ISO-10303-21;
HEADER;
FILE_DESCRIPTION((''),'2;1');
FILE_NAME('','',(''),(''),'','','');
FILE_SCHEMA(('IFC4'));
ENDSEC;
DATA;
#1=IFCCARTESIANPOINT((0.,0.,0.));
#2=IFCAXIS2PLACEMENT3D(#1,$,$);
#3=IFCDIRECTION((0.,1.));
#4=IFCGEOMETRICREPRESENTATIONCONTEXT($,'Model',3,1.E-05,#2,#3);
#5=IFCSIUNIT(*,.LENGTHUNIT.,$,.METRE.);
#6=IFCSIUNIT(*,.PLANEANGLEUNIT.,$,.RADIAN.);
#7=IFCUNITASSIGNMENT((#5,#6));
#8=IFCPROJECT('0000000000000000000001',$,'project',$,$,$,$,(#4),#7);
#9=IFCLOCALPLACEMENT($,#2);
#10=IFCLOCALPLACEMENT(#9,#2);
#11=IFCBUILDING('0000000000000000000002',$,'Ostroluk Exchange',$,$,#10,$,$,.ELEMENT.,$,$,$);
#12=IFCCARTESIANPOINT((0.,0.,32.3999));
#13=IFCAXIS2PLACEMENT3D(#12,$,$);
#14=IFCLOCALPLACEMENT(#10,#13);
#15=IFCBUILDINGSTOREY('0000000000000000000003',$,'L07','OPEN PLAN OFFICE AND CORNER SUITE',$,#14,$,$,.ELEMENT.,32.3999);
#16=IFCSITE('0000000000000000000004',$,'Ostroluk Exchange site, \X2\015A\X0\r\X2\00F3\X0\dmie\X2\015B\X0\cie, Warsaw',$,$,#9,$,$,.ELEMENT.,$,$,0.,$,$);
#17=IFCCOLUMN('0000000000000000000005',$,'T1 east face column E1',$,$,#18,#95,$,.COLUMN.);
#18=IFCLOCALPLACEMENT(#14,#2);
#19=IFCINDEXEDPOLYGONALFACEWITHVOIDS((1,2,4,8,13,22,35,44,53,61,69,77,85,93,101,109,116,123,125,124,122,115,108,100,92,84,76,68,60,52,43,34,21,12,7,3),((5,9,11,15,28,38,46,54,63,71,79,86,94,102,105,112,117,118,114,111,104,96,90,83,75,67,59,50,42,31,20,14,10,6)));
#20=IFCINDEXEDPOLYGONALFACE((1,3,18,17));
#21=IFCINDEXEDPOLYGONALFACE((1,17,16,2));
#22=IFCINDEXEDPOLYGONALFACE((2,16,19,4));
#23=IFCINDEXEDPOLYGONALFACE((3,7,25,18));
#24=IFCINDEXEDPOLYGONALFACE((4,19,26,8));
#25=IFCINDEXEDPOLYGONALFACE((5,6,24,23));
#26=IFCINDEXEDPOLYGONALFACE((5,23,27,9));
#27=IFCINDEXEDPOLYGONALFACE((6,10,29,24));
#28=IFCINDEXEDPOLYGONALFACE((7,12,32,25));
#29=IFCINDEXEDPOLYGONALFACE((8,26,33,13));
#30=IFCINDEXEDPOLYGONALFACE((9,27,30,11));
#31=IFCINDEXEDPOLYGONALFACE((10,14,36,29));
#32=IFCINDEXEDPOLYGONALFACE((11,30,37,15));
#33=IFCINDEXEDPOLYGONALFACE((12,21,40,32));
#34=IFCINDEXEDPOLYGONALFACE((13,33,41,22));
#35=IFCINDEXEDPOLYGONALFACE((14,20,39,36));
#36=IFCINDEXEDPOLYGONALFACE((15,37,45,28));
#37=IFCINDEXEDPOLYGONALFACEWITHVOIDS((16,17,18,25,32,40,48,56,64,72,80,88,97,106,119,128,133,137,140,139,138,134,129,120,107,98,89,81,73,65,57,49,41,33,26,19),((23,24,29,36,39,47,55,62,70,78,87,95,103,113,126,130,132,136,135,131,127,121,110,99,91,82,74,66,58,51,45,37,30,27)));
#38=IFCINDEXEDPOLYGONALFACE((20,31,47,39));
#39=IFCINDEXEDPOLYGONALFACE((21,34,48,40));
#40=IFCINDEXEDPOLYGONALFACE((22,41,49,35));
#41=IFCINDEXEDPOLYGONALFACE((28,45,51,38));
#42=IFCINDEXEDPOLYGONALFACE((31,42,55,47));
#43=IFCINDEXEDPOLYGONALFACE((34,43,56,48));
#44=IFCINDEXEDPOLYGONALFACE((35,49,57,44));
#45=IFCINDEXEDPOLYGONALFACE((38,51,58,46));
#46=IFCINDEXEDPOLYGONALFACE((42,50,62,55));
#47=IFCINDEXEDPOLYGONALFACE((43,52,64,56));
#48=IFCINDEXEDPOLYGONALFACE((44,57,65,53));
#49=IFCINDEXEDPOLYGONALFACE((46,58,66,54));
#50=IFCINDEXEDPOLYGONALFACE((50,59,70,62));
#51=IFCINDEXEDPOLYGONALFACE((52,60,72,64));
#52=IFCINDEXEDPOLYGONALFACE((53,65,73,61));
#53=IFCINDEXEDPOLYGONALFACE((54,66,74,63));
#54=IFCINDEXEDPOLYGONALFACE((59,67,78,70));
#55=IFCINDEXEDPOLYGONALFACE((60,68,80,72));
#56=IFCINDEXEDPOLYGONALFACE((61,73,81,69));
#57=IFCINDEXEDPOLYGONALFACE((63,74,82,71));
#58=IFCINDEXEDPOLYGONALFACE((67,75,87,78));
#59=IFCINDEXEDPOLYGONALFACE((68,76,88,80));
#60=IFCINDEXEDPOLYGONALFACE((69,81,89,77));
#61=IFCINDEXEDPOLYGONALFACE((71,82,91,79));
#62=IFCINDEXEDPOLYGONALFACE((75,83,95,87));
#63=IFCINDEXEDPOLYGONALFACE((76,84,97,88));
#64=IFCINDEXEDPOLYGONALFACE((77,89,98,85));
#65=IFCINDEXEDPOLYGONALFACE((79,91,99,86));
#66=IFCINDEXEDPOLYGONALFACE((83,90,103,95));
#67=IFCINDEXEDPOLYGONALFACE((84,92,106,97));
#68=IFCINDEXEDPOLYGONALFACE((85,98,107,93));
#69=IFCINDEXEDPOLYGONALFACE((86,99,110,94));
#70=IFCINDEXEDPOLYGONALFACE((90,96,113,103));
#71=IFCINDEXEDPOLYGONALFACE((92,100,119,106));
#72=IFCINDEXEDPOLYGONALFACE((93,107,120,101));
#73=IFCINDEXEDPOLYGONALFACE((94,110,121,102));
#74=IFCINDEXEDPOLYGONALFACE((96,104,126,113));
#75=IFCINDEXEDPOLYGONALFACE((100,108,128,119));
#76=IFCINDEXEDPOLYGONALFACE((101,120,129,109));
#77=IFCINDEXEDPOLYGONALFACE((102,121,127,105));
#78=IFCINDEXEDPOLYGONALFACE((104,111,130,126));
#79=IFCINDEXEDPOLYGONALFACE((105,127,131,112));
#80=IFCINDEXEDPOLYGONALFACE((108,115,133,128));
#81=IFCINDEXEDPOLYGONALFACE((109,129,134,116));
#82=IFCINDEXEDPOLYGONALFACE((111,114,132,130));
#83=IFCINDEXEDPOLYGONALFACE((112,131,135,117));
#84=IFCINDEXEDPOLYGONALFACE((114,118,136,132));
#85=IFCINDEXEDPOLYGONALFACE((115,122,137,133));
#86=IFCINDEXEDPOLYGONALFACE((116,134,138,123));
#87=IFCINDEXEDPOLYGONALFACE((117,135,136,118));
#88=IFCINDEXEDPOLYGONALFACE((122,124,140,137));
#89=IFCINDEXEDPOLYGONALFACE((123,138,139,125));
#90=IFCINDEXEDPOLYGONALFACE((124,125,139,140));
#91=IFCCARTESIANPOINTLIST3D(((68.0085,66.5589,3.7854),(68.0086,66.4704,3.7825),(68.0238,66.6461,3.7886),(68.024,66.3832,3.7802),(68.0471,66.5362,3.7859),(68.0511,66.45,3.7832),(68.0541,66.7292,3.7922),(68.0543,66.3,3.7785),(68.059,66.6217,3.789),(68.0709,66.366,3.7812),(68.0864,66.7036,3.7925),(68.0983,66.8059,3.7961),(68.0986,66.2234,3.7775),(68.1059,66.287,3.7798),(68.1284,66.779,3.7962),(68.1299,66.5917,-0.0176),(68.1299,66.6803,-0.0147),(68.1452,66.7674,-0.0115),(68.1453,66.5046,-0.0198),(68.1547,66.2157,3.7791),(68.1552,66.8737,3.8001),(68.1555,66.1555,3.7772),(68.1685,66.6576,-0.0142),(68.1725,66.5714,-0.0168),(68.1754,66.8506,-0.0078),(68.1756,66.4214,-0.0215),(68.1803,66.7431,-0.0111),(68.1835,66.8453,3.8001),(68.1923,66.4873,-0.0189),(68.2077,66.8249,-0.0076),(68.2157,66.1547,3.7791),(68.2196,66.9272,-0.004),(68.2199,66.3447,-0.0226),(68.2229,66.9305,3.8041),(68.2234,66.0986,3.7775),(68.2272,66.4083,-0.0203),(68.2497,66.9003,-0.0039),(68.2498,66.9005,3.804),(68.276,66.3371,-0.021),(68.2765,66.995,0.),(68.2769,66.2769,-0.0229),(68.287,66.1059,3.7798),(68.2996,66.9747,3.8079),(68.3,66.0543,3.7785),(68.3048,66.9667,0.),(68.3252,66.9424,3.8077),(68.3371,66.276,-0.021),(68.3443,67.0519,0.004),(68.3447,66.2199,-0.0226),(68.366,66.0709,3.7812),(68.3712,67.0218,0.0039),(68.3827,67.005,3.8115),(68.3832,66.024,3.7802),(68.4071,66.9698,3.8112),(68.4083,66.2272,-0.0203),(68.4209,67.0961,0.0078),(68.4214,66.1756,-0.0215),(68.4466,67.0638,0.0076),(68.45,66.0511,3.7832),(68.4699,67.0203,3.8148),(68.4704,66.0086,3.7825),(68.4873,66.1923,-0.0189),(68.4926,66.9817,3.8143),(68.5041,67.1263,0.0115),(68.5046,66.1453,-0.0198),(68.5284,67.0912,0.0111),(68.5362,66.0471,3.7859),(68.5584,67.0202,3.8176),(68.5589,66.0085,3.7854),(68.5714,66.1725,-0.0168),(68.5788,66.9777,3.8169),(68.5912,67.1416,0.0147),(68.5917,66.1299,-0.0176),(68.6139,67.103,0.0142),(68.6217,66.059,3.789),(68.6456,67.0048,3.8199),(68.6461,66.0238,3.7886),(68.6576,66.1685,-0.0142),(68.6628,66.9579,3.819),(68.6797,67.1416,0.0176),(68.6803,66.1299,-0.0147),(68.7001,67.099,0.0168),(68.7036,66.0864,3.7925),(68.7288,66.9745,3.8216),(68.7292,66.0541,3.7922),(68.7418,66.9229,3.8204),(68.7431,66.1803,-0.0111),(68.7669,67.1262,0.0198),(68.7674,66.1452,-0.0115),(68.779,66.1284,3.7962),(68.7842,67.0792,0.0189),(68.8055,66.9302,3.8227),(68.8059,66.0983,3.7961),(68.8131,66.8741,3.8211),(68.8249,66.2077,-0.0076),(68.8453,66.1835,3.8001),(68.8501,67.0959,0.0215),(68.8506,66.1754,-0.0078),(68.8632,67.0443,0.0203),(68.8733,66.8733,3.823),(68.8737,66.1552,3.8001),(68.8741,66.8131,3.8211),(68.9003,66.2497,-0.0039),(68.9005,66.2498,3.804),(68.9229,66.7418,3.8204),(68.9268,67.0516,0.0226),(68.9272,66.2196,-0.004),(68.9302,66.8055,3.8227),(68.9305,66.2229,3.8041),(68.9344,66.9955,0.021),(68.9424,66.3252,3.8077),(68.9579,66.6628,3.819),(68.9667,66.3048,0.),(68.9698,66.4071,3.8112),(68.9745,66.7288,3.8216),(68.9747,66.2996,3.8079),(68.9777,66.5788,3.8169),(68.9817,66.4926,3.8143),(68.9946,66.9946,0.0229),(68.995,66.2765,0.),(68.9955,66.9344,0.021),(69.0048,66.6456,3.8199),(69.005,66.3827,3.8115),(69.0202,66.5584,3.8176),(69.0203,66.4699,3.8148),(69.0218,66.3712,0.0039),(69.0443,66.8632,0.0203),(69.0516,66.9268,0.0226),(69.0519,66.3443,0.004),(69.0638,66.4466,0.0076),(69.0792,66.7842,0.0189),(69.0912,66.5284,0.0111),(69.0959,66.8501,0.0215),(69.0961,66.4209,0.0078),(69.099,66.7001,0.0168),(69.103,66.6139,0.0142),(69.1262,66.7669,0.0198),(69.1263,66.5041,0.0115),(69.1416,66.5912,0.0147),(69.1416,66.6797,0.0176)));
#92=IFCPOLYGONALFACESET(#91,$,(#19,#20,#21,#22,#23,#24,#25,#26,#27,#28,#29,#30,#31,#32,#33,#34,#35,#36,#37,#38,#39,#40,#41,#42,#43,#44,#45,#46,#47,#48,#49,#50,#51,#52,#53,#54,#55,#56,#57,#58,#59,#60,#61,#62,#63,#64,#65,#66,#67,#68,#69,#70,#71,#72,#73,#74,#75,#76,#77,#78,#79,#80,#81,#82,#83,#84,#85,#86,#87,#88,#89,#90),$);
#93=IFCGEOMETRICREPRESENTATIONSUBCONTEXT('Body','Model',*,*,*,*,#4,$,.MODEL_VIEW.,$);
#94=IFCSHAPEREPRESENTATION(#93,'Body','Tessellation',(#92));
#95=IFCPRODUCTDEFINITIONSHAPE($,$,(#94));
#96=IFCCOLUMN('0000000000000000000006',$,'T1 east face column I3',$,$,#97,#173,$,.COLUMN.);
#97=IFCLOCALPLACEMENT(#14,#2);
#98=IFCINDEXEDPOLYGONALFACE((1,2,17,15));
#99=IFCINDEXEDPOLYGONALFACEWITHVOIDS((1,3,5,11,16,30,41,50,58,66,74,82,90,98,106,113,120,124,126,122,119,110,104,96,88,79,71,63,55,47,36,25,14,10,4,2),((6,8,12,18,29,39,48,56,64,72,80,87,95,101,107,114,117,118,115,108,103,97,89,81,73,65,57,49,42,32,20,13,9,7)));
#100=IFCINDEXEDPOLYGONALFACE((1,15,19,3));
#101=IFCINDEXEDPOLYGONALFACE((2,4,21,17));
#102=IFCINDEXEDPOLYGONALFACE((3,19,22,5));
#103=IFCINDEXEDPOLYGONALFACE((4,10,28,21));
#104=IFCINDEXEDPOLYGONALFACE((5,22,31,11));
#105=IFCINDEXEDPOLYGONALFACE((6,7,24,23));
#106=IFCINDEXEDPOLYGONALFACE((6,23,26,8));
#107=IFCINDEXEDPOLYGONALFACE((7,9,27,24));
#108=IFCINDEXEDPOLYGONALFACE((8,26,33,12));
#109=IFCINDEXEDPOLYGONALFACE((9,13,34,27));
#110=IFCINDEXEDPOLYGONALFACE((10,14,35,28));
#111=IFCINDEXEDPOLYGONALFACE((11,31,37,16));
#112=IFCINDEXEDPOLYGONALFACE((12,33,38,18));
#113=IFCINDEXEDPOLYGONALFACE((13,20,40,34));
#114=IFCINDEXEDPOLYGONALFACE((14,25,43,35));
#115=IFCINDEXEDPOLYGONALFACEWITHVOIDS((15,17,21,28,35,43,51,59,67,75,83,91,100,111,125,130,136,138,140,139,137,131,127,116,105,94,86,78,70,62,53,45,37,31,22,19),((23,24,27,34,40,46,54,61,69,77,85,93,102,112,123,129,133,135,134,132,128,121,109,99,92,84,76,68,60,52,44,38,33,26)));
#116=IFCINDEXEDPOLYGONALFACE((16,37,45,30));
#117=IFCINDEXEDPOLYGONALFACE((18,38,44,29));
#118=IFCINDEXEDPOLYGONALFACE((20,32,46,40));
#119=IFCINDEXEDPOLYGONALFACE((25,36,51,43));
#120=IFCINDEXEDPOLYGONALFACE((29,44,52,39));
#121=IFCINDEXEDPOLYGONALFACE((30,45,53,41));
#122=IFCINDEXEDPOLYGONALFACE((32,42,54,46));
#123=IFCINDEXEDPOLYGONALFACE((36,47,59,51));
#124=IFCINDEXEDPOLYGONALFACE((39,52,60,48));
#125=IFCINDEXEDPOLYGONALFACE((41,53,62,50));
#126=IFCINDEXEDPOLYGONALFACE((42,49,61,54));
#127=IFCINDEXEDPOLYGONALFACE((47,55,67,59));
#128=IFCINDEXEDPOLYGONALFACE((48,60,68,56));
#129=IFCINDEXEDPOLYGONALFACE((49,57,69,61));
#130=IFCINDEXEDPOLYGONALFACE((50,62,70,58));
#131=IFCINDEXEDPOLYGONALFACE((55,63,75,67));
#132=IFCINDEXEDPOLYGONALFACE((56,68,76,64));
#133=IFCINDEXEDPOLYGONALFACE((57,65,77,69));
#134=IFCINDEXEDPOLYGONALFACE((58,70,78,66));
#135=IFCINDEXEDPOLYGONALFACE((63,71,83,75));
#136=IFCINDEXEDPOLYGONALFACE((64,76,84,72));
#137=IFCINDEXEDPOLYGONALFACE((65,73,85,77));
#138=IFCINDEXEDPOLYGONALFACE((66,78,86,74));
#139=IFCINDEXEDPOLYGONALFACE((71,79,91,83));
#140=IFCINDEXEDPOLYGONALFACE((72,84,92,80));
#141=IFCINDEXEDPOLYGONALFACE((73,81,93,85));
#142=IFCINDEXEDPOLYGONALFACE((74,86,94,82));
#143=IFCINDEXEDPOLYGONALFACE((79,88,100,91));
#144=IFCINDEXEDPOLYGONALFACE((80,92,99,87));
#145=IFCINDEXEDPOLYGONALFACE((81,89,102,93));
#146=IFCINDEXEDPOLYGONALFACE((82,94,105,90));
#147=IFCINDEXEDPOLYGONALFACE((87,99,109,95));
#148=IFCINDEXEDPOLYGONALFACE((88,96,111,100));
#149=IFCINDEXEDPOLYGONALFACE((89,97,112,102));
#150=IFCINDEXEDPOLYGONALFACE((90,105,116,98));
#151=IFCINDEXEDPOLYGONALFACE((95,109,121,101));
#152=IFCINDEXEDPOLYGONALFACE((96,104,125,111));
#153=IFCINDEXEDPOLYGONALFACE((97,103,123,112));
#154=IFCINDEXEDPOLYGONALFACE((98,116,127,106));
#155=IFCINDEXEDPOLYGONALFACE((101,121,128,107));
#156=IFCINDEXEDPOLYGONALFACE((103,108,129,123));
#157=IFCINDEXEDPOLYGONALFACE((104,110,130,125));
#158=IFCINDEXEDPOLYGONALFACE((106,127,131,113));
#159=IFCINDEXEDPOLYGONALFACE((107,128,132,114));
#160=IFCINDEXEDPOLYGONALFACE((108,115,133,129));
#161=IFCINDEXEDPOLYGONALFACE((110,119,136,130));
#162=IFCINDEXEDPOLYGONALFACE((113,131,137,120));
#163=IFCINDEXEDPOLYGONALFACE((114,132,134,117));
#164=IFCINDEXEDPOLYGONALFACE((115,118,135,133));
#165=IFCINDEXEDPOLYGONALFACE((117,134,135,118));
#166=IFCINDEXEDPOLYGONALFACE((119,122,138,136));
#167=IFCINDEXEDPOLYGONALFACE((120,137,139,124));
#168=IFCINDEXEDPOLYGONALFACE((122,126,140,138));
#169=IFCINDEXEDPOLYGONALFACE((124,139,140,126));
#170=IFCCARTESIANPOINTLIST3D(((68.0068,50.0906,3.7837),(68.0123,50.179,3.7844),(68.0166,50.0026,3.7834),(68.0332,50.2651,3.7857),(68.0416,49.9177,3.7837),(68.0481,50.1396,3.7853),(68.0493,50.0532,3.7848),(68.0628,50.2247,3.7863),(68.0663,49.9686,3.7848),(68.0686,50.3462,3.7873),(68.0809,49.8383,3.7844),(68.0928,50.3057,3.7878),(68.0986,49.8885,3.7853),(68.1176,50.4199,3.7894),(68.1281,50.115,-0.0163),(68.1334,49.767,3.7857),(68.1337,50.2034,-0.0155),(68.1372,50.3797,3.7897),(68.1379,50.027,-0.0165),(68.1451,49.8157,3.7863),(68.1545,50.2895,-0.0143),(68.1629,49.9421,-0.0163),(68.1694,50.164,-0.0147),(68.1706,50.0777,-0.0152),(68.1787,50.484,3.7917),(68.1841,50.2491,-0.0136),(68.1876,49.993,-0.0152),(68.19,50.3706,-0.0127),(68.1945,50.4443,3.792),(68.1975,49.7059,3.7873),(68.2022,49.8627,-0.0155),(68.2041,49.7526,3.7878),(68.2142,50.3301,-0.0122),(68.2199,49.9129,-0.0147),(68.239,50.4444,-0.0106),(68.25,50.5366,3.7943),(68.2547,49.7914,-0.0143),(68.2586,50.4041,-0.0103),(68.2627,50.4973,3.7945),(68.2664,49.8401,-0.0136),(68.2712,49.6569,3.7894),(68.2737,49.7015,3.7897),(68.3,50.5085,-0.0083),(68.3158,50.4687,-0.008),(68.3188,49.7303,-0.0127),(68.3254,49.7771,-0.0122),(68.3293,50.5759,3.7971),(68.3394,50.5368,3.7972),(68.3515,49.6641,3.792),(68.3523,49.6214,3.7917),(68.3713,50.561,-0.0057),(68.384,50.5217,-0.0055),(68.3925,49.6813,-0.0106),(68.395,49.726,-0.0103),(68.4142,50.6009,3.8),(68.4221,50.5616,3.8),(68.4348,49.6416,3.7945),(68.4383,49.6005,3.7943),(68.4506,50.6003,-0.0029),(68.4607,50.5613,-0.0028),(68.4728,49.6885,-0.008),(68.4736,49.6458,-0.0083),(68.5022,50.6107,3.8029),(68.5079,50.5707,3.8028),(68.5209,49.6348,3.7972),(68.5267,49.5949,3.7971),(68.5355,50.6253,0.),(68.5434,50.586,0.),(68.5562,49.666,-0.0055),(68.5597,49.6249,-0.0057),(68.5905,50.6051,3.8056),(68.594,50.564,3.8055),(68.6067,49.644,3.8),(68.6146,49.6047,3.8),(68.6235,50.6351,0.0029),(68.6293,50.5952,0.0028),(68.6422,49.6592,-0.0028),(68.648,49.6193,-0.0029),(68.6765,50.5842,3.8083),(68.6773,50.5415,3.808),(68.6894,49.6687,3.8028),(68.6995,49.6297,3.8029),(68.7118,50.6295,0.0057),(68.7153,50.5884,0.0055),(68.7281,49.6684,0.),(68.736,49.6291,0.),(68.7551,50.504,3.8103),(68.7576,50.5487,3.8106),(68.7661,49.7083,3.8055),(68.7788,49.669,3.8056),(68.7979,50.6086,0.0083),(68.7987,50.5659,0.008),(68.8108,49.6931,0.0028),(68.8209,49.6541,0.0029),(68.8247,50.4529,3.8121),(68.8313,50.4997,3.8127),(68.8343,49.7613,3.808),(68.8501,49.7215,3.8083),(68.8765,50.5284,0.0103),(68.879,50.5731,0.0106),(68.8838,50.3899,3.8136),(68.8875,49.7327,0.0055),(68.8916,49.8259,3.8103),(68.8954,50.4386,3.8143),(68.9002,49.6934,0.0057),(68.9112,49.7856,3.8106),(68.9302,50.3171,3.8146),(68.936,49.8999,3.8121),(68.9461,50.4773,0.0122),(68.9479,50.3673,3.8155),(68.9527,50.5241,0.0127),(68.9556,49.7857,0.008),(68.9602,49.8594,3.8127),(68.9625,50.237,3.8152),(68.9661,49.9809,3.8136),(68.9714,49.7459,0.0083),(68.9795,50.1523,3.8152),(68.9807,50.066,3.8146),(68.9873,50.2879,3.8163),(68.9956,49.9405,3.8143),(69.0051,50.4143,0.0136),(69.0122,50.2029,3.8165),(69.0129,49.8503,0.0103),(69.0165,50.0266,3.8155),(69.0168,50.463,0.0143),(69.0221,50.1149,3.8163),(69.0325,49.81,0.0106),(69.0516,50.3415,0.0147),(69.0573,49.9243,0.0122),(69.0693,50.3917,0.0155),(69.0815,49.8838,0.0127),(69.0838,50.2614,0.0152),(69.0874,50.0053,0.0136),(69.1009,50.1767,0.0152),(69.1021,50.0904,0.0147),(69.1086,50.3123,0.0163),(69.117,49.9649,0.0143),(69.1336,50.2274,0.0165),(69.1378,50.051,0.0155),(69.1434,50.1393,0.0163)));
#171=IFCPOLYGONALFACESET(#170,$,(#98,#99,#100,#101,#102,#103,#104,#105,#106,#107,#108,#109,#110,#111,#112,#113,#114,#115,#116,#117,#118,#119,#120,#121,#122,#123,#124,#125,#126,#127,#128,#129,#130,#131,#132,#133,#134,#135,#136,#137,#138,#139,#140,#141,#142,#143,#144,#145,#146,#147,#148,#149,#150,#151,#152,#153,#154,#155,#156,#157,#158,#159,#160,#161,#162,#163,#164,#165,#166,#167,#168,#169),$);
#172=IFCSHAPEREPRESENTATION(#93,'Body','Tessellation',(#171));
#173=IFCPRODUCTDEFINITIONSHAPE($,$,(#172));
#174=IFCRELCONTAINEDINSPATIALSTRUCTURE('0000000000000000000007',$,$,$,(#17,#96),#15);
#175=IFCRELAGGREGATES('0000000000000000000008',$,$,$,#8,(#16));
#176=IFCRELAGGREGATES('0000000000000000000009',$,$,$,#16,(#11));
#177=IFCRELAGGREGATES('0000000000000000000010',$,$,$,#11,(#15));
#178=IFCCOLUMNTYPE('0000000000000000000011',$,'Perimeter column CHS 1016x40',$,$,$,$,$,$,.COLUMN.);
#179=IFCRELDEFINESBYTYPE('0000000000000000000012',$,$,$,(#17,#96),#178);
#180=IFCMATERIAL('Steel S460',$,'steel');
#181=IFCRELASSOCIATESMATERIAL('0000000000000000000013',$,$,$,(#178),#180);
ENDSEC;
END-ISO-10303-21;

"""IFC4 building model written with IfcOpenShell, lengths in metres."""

from ifc_helpers import new_model, si_unit, direction, frame, origin, origin_2d, place, context, subcontext, project, spatial, hollow_circle, extrude, material, material_profile, profile_set, type_object, element, save


model = new_model("IFC4")

# Units and contexts
model_context = context("Model", 3, precision=1e-05, world=origin(), true_north=direction((0.0, 1.0)))
body_context = subcontext(model_context, "Body", "Model", "MODEL_VIEW")
ifc_project = project(units=[si_unit("LENGTHUNIT", "METRE"), si_unit("PLANEANGLEUNIT", "RADIAN")], contexts=[model_context])

# Site, building, storey
site_placement = place(None, origin())
site = spatial("IfcSite", under=ifc_project, at=site_placement, Name="Ostroluk Exchange site, Śródmieście, Warsaw", CompositionType="ELEMENT", RefElevation=0.0)
building_placement = place(site_placement, origin())
building = spatial("IfcBuilding", under=site, at=building_placement, Name="Ostroluk Exchange", CompositionType="ELEMENT")
storey_placement = place(building_placement, frame((0.0, 0.0, 32.3999)))
storey = spatial("IfcBuildingStorey", under=building, at=storey_placement, Name="L07", Description="OPEN PLAN OFFICE AND CORNER SUITE", CompositionType="ELEMENT", Elevation=32.3999)

# Columns
ifc_material_1 = material(Name="Steel S460", Category="steel")
ifc_material_profile_1 = material_profile(ifc_material_1, hollow_circle(Radius=0.5081, WallThickness=0.04, at=origin_2d()), Name="CHS 1016x40")
ifc_profile_set_1 = profile_set([ifc_material_profile_1], Name="Steel S460")
column_type = type_object("IfcColumnType", Name="Perimeter column CHS 1016x40", PredefinedType="COLUMN", material=ifc_profile_set_1)
column_1_placement = place(storey_placement, frame((68.6357, 66.6357, 0.0), z_axis=(-0.031898, -0.031898, 0.998982), x_axis=(0.707107, -0.707107, 0.0)))
element("IfcColumn", 1, at=column_1_placement, inside=storey, type_object=column_type, Name="T1 east face column E1", PredefinedType="COLUMN", context=body_context, shape_type="SweptSolid", body=[
    extrude(hollow_circle(Radius=0.5081, WallThickness=0.04, at=origin_2d()), origin(), (0.0, 0.0, 1.0), 3.804),
])
column_2_placement = place(storey_placement, frame((68.6357, 50.1272, 0.0), z_axis=(-0.031914, -0.006421, 0.99947), x_axis=(0.197254, -0.980352, 0.0)))
element("IfcColumn", 2, at=column_2_placement, inside=storey, type_object=column_type, Name="T1 east face column I3", PredefinedType="COLUMN", context=body_context, shape_type="SweptSolid", body=[
    extrude(hollow_circle(Radius=0.5081, WallThickness=0.04, at=origin_2d()), origin(), (0.0, 0.0, 1.0), 3.802),
])

save(model, "model.ifc")
